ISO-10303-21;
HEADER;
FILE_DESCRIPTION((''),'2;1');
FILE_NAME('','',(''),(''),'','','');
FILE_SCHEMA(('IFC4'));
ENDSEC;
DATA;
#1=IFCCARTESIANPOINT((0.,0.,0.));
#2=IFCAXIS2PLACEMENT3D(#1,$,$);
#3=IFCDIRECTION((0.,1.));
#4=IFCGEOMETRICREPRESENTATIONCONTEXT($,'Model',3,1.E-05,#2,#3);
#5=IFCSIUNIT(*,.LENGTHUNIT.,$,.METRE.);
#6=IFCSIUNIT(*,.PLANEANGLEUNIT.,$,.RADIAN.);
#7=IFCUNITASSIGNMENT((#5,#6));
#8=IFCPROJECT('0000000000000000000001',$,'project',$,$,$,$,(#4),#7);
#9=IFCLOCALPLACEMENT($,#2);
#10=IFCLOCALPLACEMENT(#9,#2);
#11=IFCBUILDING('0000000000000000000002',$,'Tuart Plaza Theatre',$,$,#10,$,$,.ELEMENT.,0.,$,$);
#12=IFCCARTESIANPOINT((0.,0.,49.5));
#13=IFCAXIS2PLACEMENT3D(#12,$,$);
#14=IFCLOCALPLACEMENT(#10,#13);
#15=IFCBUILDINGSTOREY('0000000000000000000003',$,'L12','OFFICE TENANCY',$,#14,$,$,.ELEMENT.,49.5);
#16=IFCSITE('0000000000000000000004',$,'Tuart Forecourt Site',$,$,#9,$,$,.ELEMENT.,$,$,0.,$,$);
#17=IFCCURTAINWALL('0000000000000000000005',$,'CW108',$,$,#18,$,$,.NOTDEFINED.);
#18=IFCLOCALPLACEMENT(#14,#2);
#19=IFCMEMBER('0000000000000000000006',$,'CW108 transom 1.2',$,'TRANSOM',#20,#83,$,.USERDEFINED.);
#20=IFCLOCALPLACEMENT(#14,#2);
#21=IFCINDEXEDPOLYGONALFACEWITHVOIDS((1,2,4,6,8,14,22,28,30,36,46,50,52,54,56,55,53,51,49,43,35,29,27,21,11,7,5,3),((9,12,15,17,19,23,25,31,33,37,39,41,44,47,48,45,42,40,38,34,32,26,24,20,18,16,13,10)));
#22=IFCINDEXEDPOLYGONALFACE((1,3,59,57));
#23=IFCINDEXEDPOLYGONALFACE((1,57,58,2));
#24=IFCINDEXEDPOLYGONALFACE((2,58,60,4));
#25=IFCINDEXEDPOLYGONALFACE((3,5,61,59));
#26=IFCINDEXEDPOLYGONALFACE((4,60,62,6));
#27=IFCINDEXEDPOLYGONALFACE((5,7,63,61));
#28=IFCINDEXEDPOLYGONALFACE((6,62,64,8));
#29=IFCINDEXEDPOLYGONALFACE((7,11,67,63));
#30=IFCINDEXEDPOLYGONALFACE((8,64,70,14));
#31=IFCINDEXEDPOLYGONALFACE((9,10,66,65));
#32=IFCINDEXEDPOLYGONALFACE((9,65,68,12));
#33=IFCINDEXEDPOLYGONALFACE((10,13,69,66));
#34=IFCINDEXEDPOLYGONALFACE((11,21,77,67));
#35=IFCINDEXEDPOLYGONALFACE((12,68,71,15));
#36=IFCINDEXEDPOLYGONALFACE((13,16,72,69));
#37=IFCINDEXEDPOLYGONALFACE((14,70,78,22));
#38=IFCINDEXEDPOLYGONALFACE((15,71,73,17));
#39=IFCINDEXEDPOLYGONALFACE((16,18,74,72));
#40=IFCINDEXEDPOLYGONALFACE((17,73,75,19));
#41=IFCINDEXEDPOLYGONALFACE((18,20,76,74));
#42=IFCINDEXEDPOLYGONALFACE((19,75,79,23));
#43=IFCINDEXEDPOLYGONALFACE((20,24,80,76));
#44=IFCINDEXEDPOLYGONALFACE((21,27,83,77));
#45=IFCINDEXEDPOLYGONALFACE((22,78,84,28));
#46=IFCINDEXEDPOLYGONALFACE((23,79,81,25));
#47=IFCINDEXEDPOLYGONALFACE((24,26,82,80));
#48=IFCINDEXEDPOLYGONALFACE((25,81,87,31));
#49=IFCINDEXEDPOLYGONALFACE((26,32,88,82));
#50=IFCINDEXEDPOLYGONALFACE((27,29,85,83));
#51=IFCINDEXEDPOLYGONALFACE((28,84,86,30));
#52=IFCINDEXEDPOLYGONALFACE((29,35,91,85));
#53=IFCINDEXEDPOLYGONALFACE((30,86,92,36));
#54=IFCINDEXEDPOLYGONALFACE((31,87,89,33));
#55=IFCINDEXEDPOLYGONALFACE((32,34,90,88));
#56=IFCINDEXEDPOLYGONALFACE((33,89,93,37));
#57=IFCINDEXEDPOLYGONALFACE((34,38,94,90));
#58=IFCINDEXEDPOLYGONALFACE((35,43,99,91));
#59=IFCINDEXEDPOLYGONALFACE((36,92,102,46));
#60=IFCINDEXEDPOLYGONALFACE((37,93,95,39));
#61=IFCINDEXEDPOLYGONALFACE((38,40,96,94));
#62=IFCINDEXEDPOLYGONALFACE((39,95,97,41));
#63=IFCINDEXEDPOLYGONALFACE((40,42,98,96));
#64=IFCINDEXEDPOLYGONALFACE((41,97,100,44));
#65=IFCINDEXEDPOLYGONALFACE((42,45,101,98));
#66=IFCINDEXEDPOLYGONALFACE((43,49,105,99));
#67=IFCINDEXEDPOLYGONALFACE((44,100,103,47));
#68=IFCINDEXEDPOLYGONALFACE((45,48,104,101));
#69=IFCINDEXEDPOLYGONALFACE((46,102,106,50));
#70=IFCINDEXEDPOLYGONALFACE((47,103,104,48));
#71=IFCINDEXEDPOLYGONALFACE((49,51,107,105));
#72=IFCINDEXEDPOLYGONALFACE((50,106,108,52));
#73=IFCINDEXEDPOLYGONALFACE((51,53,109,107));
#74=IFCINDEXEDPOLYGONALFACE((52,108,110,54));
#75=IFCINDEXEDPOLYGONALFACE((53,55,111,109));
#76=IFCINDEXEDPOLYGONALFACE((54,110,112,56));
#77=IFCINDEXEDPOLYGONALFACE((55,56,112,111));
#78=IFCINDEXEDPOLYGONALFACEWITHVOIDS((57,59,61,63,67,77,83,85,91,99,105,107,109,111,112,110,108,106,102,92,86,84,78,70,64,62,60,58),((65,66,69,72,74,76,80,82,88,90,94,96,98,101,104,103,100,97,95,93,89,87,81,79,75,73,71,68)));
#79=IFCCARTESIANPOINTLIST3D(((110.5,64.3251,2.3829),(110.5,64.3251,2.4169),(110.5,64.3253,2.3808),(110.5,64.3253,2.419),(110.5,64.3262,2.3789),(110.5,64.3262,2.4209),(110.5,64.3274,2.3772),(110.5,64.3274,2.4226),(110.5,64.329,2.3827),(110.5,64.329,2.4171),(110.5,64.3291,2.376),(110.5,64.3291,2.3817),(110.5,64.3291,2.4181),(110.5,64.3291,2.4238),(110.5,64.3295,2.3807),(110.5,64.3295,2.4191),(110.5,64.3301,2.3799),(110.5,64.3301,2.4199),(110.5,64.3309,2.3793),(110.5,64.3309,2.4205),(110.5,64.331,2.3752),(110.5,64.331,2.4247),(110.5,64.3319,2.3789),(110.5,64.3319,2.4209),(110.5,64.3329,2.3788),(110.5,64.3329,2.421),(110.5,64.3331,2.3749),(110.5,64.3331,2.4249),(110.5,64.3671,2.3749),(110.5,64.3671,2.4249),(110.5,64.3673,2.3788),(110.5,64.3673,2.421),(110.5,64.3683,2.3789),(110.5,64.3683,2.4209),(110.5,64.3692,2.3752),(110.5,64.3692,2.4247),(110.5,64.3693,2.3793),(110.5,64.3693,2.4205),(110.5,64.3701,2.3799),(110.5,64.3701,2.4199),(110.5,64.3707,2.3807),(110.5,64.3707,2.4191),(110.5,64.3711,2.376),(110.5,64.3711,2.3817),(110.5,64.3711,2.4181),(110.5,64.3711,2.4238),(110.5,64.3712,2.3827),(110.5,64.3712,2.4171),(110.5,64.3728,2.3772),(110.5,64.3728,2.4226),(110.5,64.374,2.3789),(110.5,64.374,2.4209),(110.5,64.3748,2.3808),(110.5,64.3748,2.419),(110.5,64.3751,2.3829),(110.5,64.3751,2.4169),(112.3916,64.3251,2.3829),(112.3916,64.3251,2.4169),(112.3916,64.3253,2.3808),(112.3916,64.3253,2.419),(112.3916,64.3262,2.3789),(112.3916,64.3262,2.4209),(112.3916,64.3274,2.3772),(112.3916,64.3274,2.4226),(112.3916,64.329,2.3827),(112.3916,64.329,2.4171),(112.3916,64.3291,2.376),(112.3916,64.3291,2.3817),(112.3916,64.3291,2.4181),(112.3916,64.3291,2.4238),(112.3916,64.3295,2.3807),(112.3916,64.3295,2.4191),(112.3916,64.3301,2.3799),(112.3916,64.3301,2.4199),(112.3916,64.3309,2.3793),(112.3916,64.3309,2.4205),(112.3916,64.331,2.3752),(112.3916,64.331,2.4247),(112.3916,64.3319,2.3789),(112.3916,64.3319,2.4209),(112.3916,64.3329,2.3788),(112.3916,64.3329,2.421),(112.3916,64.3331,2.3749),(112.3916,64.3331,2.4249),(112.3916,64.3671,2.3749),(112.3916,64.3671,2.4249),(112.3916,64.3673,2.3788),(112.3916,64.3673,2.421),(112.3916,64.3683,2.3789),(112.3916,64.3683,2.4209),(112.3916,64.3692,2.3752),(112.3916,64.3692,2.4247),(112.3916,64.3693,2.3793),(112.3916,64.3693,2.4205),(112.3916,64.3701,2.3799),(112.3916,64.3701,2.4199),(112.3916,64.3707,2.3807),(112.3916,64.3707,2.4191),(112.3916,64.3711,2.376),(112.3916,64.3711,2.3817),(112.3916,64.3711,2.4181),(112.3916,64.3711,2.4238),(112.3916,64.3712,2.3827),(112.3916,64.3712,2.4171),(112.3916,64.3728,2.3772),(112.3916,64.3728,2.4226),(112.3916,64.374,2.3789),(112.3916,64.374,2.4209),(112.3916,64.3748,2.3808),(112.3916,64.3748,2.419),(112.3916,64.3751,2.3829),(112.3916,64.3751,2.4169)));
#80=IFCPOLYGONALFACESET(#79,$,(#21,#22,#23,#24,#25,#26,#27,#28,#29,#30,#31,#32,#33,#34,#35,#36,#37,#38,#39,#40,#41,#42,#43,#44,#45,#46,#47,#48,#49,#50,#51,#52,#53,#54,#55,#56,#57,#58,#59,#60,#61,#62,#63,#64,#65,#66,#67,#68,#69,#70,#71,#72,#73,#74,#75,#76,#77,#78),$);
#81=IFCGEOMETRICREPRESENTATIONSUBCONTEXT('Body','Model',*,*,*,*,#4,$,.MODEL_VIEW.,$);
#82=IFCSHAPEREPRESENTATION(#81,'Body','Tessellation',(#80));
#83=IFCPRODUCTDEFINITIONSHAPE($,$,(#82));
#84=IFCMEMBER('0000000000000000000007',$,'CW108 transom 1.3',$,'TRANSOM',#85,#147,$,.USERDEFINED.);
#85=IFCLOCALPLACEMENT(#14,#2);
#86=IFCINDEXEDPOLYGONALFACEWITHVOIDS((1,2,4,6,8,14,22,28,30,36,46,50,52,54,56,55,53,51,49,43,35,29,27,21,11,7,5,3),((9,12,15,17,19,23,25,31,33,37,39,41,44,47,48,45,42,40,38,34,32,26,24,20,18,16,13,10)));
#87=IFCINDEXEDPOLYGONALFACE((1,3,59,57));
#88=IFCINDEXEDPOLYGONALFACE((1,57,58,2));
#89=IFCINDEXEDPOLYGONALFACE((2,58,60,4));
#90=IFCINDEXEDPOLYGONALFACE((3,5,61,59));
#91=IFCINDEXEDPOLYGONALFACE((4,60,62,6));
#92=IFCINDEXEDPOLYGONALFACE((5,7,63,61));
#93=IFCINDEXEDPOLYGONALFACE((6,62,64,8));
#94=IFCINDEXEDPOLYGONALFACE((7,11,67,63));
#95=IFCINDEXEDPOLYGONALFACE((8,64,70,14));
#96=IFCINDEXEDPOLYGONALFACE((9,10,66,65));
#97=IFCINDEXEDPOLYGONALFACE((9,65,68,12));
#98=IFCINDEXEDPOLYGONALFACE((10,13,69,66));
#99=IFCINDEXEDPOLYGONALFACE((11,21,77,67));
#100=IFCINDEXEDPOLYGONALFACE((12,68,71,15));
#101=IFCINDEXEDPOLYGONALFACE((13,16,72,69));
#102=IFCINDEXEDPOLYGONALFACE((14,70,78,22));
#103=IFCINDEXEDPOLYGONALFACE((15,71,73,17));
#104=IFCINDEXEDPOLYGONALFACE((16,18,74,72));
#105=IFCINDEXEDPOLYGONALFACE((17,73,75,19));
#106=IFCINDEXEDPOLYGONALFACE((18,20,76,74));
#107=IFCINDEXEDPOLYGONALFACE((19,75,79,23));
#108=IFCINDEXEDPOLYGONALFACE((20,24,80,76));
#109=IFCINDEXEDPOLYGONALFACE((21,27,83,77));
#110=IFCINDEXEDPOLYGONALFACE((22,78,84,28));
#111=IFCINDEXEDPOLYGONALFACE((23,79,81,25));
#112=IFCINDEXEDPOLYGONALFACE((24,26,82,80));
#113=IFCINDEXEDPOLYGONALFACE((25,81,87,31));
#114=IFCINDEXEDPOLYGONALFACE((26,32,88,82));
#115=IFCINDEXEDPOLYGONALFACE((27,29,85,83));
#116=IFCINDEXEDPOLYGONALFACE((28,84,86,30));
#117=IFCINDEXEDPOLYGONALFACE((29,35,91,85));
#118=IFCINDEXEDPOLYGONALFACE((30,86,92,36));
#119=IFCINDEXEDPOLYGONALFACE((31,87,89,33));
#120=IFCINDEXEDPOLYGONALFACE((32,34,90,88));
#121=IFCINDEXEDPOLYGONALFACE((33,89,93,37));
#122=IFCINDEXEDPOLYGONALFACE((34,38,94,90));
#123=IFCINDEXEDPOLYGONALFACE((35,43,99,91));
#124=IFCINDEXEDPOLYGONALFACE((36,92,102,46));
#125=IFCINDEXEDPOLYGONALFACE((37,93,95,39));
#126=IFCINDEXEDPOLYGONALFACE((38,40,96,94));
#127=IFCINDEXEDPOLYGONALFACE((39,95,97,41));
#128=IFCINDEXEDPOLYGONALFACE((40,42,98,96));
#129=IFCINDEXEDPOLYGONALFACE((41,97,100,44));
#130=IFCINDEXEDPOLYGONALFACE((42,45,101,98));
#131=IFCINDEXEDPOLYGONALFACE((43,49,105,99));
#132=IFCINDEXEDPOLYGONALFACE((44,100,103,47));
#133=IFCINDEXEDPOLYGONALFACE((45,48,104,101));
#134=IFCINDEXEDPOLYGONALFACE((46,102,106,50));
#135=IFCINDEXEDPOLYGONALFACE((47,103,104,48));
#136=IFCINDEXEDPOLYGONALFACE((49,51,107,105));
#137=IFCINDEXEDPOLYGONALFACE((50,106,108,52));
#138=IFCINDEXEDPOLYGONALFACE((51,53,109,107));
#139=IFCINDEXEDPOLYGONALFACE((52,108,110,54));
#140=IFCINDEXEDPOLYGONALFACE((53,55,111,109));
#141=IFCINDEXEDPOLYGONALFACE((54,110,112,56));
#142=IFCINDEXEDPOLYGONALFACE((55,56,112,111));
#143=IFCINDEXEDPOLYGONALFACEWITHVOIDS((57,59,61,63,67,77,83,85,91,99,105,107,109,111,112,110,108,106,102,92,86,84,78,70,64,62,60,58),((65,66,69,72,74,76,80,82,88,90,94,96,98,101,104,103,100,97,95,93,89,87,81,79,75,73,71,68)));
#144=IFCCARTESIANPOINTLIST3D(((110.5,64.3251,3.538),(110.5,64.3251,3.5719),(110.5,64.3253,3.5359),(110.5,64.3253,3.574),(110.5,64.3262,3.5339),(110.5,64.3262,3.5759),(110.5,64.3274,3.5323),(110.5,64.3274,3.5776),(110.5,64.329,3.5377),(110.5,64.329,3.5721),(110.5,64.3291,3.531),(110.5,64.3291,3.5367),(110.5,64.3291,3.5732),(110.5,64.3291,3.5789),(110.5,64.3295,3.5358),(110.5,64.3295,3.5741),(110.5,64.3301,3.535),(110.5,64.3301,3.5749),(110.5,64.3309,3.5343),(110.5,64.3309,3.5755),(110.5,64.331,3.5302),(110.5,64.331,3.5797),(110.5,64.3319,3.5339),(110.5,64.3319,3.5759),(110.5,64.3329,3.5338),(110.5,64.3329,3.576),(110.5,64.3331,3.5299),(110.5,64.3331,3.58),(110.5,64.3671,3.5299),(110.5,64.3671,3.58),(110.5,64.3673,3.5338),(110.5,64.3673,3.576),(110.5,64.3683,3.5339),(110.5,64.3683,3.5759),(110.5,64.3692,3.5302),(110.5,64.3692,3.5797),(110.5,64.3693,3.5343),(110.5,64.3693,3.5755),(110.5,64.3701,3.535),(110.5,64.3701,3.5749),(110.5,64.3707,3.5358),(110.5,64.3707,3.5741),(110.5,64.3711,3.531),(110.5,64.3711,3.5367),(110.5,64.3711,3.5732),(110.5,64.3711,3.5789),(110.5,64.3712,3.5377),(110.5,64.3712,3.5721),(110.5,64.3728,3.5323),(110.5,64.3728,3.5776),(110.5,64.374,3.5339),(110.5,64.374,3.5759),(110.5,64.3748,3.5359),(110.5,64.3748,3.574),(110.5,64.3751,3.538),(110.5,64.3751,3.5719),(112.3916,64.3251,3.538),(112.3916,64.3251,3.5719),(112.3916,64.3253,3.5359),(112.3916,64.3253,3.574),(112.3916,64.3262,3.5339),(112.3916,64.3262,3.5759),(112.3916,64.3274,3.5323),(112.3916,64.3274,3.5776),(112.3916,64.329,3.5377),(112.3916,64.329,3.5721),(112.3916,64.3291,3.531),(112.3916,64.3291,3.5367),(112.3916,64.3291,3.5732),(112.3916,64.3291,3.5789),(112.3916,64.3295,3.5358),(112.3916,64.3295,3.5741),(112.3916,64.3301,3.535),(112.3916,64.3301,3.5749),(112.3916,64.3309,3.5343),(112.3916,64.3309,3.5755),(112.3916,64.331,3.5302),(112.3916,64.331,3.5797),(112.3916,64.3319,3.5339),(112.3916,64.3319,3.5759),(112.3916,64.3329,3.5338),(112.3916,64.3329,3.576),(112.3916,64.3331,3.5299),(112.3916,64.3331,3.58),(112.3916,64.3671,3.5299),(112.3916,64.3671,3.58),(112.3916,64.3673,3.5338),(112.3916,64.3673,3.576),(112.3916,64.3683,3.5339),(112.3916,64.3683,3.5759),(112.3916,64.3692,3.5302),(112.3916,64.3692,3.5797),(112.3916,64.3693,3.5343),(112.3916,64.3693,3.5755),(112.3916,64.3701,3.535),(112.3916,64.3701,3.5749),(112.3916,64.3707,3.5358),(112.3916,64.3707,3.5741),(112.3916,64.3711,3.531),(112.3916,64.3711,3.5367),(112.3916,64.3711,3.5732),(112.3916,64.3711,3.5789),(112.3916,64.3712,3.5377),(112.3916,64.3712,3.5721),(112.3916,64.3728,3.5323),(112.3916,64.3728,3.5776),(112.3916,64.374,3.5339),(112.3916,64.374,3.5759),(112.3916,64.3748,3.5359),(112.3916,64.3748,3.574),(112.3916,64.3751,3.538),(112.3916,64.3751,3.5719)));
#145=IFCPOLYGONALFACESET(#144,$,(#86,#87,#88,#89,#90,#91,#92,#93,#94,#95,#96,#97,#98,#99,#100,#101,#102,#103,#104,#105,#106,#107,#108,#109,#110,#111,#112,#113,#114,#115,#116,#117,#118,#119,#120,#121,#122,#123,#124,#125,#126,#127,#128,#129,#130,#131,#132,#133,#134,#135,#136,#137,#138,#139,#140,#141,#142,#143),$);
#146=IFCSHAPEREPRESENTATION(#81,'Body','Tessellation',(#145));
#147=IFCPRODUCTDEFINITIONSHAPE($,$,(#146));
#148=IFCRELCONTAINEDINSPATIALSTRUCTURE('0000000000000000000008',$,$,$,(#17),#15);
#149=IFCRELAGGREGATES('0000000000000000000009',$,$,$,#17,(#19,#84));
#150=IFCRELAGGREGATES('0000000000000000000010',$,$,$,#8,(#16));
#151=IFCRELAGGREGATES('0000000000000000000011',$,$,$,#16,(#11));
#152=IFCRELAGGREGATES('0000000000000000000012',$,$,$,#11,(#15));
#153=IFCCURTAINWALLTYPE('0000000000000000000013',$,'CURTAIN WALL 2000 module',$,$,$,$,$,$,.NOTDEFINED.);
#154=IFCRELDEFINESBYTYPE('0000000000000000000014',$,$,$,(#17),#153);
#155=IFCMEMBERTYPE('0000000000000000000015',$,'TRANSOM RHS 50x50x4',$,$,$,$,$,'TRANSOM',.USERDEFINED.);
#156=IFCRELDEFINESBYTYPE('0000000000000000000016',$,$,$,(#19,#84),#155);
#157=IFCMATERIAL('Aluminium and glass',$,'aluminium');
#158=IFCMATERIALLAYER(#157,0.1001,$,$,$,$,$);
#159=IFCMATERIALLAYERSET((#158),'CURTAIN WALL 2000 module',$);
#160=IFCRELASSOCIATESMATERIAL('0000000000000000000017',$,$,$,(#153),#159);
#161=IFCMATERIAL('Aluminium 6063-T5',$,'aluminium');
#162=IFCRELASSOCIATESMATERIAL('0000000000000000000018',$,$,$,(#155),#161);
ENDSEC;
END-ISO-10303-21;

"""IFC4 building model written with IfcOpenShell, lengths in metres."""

from ifc_helpers import new_model, si_unit, direction, frame, origin, origin_2d, place, context, subcontext, project, spatial, hollow_rectangle, extrude, material, layer, layer_set, material_profile, profile_set, type_object, element, aggregate, save


model = new_model("IFC4")

# Units and contexts
model_context = context("Model", 3, precision=1e-05, world=origin(), true_north=direction((0.0, 1.0)))
body_context = subcontext(model_context, "Body", "Model", "MODEL_VIEW")
ifc_project = project(units=[si_unit("LENGTHUNIT", "METRE"), si_unit("PLANEANGLEUNIT", "RADIAN")], contexts=[model_context])

# Site, building, storey
site_placement = place(None, origin())
site = spatial("IfcSite", under=ifc_project, at=site_placement, Name="Tuart Forecourt Site", CompositionType="ELEMENT", RefElevation=0.0)
building_placement = place(site_placement, origin())
building = spatial("IfcBuilding", under=site, at=building_placement, Name="Tuart Plaza Theatre", CompositionType="ELEMENT", ElevationOfRefHeight=0.0)
storey_placement = place(building_placement, frame((0.0, 0.0, 49.5)))
storey = spatial("IfcBuildingStorey", under=building, at=storey_placement, Name="L12", Description="OFFICE TENANCY", CompositionType="ELEMENT", Elevation=49.5)

# Curtain wall
ifc_material_1 = material(Name="Aluminium and glass", Category="aluminium")
ifc_layer_1 = layer(ifc_material_1, 0.1001)
ifc_layer_set_1 = layer_set([ifc_layer_1], Name="CURTAIN WALL 2000 module")
curtain_wall_type = type_object("IfcCurtainWallType", Name="CURTAIN WALL 2000 module", PredefinedType="NOTDEFINED", material=ifc_layer_set_1)
curtain_wall_1_placement = place(storey_placement, origin())
curtain_wall_1 = element("IfcCurtainWall", 1, at=curtain_wall_1_placement, inside=storey, type_object=curtain_wall_type, Name="CW108", PredefinedType="NOTDEFINED")
ifc_material_2 = material(Name="Aluminium 6063-T5", Category="aluminium")
ifc_material_profile_1 = material_profile(ifc_material_2, hollow_rectangle(XDim=0.05, YDim=0.05, WallThickness=0.0039, InnerFilletRadius=0.0039, OuterFilletRadius=0.0081, at=origin_2d()), Name="RHS 50x50x4")
ifc_profile_set_1 = profile_set([ifc_material_profile_1], Name="Aluminium 6063-T5")
member_type_1 = type_object("IfcMemberType", Name="TRANSOM RHS 50x50x4", ElementType="TRANSOM", PredefinedType="USERDEFINED", material=ifc_profile_set_1)

# Members
member_1_placement = place(storey_placement, frame((110.5, 64.3501, 2.3999), z_axis=(1.0, 0.0, 0.0), x_axis=(0.0, 1.0, 0.0)))
member_1 = element("IfcMember", 2, at=member_1_placement, type_object=member_type_1, Name="CW108 transom 1.2", ObjectType="TRANSOM", PredefinedType="USERDEFINED", context=body_context, shape_type="SweptSolid", body=[
    extrude(hollow_rectangle(XDim=0.05, YDim=0.05, WallThickness=0.0039, InnerFilletRadius=0.0039, OuterFilletRadius=0.0081, at=origin_2d()), origin(), (0.0, 0.0, 1.0), 1.8916),
])
member_2_placement = place(storey_placement, frame((110.5, 64.3501, 3.5549), z_axis=(1.0, 0.0, 0.0), x_axis=(0.0, 1.0, 0.0)))
member_2 = element("IfcMember", 3, at=member_2_placement, type_object=member_type_1, Name="CW108 transom 1.3", ObjectType="TRANSOM", PredefinedType="USERDEFINED", context=body_context, shape_type="SweptSolid", body=[
    extrude(hollow_rectangle(XDim=0.05, YDim=0.05, WallThickness=0.0039, InnerFilletRadius=0.0039, OuterFilletRadius=0.0081, at=origin_2d()), origin(), (0.0, 0.0, 1.0), 1.8916),
])

aggregate(curtain_wall_1, [member_1, member_2])

save(model, "model.ifc")
